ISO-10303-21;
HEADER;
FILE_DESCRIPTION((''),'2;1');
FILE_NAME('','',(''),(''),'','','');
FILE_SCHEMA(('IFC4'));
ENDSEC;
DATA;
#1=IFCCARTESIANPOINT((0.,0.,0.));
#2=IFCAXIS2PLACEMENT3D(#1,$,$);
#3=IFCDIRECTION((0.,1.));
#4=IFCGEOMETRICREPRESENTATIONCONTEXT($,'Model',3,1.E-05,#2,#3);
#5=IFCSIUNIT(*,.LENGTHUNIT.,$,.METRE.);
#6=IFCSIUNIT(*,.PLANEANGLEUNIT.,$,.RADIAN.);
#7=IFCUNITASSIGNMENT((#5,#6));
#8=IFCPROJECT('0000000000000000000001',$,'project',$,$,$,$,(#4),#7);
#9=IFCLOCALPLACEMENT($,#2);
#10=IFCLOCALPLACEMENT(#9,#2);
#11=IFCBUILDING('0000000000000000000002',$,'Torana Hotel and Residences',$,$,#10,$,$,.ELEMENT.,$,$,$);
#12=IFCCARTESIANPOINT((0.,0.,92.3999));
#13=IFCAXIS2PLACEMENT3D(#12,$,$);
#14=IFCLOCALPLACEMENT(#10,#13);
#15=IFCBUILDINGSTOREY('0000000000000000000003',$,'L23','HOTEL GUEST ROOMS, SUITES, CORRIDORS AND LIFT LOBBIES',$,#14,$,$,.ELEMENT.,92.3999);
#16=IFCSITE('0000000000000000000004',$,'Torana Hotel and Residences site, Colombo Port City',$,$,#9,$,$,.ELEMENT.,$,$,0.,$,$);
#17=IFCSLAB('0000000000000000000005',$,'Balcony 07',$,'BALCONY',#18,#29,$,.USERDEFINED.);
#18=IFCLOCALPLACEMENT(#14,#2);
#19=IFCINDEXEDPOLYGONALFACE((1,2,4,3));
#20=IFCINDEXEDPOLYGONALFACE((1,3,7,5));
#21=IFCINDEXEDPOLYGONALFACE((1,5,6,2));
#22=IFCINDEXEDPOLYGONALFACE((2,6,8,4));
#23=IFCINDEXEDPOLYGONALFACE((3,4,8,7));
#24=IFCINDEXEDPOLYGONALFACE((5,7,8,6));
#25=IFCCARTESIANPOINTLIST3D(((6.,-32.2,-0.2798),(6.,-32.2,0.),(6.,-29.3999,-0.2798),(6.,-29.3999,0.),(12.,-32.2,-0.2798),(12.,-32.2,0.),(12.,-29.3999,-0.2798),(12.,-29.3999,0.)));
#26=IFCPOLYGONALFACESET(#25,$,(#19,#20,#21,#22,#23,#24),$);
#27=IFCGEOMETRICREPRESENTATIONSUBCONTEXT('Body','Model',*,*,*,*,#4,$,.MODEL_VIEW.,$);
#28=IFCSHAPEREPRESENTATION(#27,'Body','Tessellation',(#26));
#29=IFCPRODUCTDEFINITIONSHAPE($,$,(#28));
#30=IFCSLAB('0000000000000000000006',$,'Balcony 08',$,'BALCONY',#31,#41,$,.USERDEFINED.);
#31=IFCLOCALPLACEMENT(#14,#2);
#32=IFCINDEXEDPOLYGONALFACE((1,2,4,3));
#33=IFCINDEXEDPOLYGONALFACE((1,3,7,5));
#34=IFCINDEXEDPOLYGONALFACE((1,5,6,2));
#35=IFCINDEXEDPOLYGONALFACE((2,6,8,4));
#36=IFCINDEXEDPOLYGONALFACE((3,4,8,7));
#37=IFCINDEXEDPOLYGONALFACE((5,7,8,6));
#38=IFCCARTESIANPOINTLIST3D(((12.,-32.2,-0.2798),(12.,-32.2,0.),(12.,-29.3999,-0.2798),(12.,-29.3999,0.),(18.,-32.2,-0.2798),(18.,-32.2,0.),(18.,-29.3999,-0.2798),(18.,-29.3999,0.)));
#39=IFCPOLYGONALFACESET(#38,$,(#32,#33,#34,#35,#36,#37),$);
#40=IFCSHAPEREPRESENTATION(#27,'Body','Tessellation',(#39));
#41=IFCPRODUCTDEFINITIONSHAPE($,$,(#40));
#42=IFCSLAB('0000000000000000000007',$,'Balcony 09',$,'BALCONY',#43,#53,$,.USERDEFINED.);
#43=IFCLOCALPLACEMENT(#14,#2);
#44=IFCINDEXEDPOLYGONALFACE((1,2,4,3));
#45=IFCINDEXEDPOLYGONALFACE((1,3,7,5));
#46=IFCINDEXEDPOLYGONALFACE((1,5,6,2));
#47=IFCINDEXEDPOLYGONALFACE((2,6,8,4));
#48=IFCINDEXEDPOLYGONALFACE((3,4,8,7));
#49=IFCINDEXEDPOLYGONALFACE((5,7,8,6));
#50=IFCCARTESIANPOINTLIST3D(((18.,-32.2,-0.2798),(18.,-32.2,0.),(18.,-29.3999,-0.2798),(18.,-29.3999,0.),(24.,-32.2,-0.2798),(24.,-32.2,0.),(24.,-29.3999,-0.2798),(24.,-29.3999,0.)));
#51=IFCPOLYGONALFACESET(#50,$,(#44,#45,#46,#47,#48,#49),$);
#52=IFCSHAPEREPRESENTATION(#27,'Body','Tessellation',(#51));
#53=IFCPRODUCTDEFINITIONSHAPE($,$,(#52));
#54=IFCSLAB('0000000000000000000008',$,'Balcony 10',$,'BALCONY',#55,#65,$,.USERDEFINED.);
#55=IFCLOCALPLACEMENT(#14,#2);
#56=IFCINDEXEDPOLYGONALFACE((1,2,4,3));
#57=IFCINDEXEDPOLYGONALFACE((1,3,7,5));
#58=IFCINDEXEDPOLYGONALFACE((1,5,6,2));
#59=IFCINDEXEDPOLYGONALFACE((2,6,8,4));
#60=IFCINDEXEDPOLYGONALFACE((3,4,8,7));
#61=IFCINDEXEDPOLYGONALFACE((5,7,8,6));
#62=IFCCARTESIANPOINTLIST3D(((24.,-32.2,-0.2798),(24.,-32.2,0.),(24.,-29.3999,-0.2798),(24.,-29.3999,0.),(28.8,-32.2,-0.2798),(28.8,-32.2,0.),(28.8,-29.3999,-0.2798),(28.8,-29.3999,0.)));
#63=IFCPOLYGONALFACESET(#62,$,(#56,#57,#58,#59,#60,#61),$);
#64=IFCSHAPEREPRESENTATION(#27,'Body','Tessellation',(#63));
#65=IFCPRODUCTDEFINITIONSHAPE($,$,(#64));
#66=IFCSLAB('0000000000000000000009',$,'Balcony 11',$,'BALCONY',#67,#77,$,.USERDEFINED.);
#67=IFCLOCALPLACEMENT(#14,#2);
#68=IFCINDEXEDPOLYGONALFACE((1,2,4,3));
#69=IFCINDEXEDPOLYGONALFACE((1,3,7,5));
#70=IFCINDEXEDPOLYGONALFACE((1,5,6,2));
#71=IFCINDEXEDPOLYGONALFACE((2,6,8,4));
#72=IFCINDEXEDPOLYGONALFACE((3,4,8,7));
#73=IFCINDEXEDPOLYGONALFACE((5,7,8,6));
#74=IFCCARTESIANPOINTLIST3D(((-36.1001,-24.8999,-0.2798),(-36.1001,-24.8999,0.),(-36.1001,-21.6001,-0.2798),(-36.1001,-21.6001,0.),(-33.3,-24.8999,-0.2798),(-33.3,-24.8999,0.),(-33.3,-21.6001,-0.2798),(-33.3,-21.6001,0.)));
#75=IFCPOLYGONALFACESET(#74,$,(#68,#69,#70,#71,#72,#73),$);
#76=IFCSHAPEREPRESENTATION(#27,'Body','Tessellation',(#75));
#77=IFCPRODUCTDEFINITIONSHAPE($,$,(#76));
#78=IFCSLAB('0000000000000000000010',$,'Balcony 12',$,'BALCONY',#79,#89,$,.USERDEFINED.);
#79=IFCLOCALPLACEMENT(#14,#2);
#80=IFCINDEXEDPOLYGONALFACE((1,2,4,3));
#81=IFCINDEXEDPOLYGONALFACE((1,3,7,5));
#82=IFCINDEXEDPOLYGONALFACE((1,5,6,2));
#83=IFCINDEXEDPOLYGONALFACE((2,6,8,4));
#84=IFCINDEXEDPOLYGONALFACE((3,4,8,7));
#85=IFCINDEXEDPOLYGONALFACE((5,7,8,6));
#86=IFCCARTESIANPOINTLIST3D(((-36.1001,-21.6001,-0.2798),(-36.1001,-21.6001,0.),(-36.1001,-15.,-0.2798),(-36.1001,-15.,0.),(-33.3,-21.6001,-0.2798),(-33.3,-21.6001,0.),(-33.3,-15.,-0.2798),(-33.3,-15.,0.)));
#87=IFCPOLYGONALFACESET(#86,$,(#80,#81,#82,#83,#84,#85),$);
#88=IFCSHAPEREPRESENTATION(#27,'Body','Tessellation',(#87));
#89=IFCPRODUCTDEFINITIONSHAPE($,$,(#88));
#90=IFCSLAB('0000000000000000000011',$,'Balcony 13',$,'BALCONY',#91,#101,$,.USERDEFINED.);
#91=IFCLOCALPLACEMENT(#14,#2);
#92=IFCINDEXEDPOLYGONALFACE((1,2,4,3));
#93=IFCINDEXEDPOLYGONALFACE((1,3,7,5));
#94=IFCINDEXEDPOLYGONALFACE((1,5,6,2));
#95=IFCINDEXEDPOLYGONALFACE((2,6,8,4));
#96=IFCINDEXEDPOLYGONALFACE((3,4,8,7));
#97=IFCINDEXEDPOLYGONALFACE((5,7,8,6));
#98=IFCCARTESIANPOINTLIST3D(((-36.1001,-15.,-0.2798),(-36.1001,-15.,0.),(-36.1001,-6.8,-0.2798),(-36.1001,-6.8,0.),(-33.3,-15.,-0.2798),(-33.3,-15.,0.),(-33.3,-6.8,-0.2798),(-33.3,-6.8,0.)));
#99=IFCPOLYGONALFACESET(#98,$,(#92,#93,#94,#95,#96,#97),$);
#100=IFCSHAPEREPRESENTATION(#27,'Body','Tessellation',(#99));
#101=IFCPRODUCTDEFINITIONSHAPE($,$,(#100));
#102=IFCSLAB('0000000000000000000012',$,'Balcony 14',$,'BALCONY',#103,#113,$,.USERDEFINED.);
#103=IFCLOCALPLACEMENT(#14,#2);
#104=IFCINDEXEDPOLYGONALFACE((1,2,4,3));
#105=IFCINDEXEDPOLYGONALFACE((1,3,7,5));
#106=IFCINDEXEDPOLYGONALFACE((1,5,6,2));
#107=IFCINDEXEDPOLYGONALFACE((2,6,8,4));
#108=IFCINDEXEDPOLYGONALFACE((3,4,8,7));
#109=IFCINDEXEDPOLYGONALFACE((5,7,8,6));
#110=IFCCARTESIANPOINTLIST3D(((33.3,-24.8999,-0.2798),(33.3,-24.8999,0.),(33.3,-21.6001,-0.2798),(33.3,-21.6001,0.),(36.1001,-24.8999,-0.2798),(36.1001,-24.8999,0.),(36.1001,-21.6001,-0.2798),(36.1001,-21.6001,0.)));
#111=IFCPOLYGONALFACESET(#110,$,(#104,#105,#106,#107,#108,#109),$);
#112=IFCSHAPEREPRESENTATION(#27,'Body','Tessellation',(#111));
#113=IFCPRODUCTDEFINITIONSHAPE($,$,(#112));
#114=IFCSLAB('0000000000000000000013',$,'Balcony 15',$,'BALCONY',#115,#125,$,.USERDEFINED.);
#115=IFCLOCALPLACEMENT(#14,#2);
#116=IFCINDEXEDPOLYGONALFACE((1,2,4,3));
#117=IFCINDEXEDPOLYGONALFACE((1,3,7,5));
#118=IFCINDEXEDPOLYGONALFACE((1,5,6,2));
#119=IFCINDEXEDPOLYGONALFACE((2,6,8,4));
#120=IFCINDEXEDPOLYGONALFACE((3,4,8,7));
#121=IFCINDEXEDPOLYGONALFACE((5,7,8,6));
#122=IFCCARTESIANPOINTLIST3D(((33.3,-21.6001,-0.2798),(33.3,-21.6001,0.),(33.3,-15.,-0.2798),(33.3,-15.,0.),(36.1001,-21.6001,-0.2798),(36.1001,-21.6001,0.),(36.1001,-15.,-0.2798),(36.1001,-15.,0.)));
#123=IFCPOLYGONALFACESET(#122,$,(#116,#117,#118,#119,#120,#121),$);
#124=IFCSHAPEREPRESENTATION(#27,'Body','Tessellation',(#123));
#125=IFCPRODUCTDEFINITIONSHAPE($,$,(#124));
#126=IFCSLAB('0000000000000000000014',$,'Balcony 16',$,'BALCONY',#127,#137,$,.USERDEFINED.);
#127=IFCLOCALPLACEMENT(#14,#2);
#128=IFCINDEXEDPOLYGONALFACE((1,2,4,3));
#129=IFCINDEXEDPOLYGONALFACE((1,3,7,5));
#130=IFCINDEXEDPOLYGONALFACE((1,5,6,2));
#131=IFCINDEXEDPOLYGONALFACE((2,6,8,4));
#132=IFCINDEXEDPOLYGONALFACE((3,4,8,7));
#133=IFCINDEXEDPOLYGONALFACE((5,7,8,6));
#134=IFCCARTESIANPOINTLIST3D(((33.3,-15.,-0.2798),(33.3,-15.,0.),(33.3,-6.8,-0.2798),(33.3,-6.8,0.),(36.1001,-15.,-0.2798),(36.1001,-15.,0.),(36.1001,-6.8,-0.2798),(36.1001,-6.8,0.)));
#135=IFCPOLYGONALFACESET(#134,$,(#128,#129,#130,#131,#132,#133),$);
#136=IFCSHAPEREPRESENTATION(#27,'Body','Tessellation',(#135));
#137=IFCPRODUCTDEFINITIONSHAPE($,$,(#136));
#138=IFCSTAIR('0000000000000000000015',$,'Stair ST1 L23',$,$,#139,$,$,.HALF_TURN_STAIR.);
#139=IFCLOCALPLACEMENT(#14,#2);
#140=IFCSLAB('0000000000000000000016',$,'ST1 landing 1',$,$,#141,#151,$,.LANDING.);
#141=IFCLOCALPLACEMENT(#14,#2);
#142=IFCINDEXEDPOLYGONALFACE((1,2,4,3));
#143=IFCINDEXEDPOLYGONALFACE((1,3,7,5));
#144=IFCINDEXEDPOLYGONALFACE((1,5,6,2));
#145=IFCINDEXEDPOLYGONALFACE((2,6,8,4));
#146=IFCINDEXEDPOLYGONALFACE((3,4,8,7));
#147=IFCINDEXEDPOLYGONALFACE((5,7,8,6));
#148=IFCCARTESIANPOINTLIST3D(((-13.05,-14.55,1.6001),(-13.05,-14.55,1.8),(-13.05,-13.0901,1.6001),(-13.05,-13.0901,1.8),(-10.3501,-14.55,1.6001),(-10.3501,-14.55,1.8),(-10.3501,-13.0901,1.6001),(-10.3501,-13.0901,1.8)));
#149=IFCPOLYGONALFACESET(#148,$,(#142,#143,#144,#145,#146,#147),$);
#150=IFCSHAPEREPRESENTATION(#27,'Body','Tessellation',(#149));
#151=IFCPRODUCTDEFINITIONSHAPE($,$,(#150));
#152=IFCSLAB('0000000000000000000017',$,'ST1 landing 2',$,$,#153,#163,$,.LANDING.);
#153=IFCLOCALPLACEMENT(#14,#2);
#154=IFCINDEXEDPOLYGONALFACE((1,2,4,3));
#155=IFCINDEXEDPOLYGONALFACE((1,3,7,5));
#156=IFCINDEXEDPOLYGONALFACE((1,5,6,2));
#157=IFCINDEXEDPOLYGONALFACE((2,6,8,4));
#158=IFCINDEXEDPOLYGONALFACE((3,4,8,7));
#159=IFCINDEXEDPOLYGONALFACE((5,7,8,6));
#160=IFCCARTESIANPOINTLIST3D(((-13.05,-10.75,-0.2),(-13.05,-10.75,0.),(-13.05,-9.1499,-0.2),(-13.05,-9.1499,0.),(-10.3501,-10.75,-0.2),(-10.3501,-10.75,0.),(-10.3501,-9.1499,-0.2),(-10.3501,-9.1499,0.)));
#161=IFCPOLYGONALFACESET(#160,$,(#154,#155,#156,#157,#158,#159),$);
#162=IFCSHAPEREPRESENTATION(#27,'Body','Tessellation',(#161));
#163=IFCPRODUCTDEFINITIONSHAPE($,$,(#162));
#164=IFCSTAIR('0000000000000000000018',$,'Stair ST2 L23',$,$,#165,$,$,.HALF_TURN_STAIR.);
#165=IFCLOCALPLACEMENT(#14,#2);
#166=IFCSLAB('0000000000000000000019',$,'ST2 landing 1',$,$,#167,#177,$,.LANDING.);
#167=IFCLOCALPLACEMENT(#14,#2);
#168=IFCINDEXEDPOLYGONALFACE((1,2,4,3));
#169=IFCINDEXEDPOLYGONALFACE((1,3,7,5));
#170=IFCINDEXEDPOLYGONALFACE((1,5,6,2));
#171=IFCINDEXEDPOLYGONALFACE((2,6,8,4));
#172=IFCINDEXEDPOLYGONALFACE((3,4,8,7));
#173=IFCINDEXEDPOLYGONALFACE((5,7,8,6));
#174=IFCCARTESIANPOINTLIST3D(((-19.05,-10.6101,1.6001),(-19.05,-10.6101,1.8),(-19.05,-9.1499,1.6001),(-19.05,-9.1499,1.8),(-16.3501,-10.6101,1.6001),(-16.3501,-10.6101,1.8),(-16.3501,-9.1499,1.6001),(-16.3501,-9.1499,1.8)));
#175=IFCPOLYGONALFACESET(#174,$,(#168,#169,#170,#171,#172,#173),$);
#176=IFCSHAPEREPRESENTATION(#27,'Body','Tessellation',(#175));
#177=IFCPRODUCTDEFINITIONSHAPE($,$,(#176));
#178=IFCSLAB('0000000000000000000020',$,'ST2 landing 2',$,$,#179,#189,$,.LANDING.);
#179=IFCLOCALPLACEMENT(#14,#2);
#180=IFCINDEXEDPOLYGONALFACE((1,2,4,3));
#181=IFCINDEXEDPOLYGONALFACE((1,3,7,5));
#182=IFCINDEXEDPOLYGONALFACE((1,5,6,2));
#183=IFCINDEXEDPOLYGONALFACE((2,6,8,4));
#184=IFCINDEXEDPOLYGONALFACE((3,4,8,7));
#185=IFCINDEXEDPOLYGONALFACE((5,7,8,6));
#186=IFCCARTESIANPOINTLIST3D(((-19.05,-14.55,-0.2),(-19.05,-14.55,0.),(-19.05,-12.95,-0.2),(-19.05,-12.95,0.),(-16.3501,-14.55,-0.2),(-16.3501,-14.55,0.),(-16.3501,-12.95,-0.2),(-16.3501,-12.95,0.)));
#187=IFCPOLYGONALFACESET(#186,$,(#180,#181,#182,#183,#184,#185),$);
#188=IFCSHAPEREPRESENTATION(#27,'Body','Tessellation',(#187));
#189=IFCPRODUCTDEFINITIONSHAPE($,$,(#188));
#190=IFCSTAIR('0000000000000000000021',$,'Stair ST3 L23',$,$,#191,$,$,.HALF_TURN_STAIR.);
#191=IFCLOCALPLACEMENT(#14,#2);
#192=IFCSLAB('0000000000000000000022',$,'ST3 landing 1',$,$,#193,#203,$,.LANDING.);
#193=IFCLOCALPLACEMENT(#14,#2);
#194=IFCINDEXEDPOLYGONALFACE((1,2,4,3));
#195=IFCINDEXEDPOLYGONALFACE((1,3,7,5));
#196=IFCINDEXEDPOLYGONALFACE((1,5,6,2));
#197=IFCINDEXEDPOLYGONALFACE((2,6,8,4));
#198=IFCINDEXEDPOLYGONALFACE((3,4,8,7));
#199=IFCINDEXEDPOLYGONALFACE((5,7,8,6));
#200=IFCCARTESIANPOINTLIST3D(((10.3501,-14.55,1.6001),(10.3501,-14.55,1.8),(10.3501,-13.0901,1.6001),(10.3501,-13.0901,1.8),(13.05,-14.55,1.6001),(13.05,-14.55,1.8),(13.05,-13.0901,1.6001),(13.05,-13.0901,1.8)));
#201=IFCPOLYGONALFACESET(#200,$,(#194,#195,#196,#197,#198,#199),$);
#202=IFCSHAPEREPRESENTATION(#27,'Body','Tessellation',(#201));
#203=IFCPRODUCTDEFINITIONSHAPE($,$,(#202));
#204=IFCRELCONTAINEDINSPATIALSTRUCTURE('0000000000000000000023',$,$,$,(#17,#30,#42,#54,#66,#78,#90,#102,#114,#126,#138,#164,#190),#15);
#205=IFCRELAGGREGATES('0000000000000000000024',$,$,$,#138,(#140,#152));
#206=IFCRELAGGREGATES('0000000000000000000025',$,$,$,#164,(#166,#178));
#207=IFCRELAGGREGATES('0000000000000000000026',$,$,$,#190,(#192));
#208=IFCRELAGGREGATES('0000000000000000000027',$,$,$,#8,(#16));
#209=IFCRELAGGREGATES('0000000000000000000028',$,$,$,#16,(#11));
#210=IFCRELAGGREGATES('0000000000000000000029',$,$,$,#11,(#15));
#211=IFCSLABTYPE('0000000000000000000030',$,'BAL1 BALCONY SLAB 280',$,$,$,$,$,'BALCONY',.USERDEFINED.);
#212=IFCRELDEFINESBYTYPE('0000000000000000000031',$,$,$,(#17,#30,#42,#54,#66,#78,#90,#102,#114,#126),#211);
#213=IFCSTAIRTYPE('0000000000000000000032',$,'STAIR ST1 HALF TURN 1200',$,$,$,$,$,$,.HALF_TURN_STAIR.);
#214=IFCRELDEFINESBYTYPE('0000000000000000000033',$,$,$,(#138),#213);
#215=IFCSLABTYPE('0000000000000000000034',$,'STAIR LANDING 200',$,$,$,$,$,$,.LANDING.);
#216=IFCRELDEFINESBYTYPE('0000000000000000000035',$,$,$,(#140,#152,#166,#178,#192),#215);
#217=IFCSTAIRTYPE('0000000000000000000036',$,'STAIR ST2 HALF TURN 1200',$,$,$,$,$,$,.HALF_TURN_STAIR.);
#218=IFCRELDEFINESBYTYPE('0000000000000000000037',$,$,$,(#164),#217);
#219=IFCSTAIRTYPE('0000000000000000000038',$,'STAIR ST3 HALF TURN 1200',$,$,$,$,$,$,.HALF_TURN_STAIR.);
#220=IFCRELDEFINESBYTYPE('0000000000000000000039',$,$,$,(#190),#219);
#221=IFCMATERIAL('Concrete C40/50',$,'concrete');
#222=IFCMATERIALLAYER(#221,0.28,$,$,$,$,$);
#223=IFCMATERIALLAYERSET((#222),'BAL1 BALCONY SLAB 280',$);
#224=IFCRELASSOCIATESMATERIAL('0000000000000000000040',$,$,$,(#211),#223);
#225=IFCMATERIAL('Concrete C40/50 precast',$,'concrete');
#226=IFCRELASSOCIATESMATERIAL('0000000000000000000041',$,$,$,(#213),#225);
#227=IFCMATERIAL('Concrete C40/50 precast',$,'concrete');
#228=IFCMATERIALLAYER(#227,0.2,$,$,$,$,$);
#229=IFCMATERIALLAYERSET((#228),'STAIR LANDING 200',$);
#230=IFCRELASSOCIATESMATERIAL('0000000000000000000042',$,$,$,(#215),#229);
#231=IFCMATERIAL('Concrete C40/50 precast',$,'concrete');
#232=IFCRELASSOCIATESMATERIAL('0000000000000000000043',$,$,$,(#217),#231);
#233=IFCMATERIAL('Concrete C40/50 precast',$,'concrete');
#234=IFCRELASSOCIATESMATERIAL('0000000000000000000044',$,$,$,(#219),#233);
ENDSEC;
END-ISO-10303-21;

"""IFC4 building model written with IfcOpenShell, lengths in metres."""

from ifc_helpers import new_model, si_unit, direction, frame, origin, place, context, subcontext, project, spatial, polyline, outline, extrude, material, layer, layer_set, type_object, element, aggregate, save


model = new_model("IFC4")

# Units and contexts
model_context = context("Model", 3, precision=1e-05, world=origin(), true_north=direction((0.0, 1.0)))
body_context = subcontext(model_context, "Body", "Model", "MODEL_VIEW")
ifc_project = project(units=[si_unit("LENGTHUNIT", "METRE"), si_unit("PLANEANGLEUNIT", "RADIAN")], contexts=[model_context])

# Site, building, storey
site_placement = place(None, origin())
site = spatial("IfcSite", under=ifc_project, at=site_placement, Name="Torana Hotel and Residences site, Colombo Port City", CompositionType="ELEMENT", RefElevation=0.0)
building_placement = place(site_placement, origin())
building = spatial("IfcBuilding", under=site, at=building_placement, Name="Torana Hotel and Residences", CompositionType="ELEMENT")
storey_placement = place(building_placement, frame((0.0, 0.0, 92.3999)))
storey = spatial("IfcBuildingStorey", under=building, at=storey_placement, Name="L23", Description="HOTEL GUEST ROOMS, SUITES, CORRIDORS AND LIFT LOBBIES", CompositionType="ELEMENT", Elevation=92.3999)

# Slabs
ifc_material_1 = material(Name="Concrete C40/50", Category="concrete")
ifc_layer_1 = layer(ifc_material_1, 0.28)
ifc_layer_set_1 = layer_set([ifc_layer_1], Name="BAL1 BALCONY SLAB 280")
slab_type_1 = type_object("IfcSlabType", Name="BAL1 BALCONY SLAB 280", ElementType="BALCONY", PredefinedType="USERDEFINED", material=ifc_layer_set_1)
slab_1_placement = place(storey_placement, frame((0.0, 0.0, -0.2798)))
element("IfcSlab", 1, at=slab_1_placement, inside=storey, type_object=slab_type_1, Name="Balcony 07", ObjectType="BALCONY", PredefinedType="USERDEFINED", context=body_context, shape_type="SweptSolid", body=[
    extrude(outline(polyline([(6.0, -32.2), (12.0, -32.2), (12.0, -29.3999), (6.0, -29.3999), (6.0, -32.2)])), origin(), (0.0, 0.0, 1.0), 0.2798),
])
slab_2_placement = place(storey_placement, frame((0.0, 0.0, -0.2798)))
element("IfcSlab", 2, at=slab_2_placement, inside=storey, type_object=slab_type_1, Name="Balcony 08", ObjectType="BALCONY", PredefinedType="USERDEFINED", context=body_context, shape_type="SweptSolid", body=[
    extrude(outline(polyline([(12.0, -32.2), (18.0, -32.2), (18.0, -29.3999), (12.0, -29.3999), (12.0, -32.2)])), origin(), (0.0, 0.0, 1.0), 0.2798),
])
slab_3_placement = place(storey_placement, frame((0.0, 0.0, -0.2798)))
element("IfcSlab", 3, at=slab_3_placement, inside=storey, type_object=slab_type_1, Name="Balcony 09", ObjectType="BALCONY", PredefinedType="USERDEFINED", context=body_context, shape_type="SweptSolid", body=[
    extrude(outline(polyline([(18.0, -32.2), (24.0, -32.2), (24.0, -29.3999), (18.0, -29.3999), (18.0, -32.2)])), origin(), (0.0, 0.0, 1.0), 0.2798),
])
slab_4_placement = place(storey_placement, frame((0.0, 0.0, -0.2798)))
element("IfcSlab", 4, at=slab_4_placement, inside=storey, type_object=slab_type_1, Name="Balcony 10", ObjectType="BALCONY", PredefinedType="USERDEFINED", context=body_context, shape_type="SweptSolid", body=[
    extrude(outline(polyline([(24.0, -32.2), (28.8, -32.2), (28.8, -29.3999), (24.0, -29.3999), (24.0, -32.2)])), origin(), (0.0, 0.0, 1.0), 0.2798),
])
slab_5_placement = place(storey_placement, frame((0.0, 0.0, -0.2798)))
element("IfcSlab", 5, at=slab_5_placement, inside=storey, type_object=slab_type_1, Name="Balcony 11", ObjectType="BALCONY", PredefinedType="USERDEFINED", context=body_context, shape_type="SweptSolid", body=[
    extrude(outline(polyline([(-36.1001, -24.8999), (-33.3, -24.8999), (-33.3, -21.6001), (-36.1001, -21.6001), (-36.1001, -24.8999)])), origin(), (0.0, 0.0, 1.0), 0.2798),
])
slab_6_placement = place(storey_placement, frame((0.0, 0.0, -0.2798)))
element("IfcSlab", 6, at=slab_6_placement, inside=storey, type_object=slab_type_1, Name="Balcony 12", ObjectType="BALCONY", PredefinedType="USERDEFINED", context=body_context, shape_type="SweptSolid", body=[
    extrude(outline(polyline([(-36.1001, -21.6001), (-33.3, -21.6001), (-33.3, -15.0), (-36.1001, -15.0), (-36.1001, -21.6001)])), origin(), (0.0, 0.0, 1.0), 0.2798),
])
slab_7_placement = place(storey_placement, frame((0.0, 0.0, -0.2798)))
element("IfcSlab", 7, at=slab_7_placement, inside=storey, type_object=slab_type_1, Name="Balcony 13", ObjectType="BALCONY", PredefinedType="USERDEFINED", context=body_context, shape_type="SweptSolid", body=[
    extrude(outline(polyline([(-36.1001, -15.0), (-33.3, -15.0), (-33.3, -6.8), (-36.1001, -6.8), (-36.1001, -15.0)])), origin(), (0.0, 0.0, 1.0), 0.2798),
])
slab_8_placement = place(storey_placement, frame((0.0, 0.0, -0.2798)))
element("IfcSlab", 8, at=slab_8_placement, inside=storey, type_object=slab_type_1, Name="Balcony 14", ObjectType="BALCONY", PredefinedType="USERDEFINED", context=body_context, shape_type="SweptSolid", body=[
    extrude(outline(polyline([(33.3, -24.8999), (36.1001, -24.8999), (36.1001, -21.6001), (33.3, -21.6001), (33.3, -24.8999)])), origin(), (0.0, 0.0, 1.0), 0.2798),
])
slab_9_placement = place(storey_placement, frame((0.0, 0.0, -0.2798)))
element("IfcSlab", 9, at=slab_9_placement, inside=storey, type_object=slab_type_1, Name="Balcony 15", ObjectType="BALCONY", PredefinedType="USERDEFINED", context=body_context, shape_type="SweptSolid", body=[
    extrude(outline(polyline([(33.3, -21.6001), (36.1001, -21.6001), (36.1001, -15.0), (33.3, -15.0), (33.3, -21.6001)])), origin(), (0.0, 0.0, 1.0), 0.2798),
])
slab_10_placement = place(storey_placement, frame((0.0, 0.0, -0.2798)))
element("IfcSlab", 10, at=slab_10_placement, inside=storey, type_object=slab_type_1, Name="Balcony 16", ObjectType="BALCONY", PredefinedType="USERDEFINED", context=body_context, shape_type="SweptSolid", body=[
    extrude(outline(polyline([(33.3, -15.0), (36.1001, -15.0), (36.1001, -6.8), (33.3, -6.8), (33.3, -15.0)])), origin(), (0.0, 0.0, 1.0), 0.2798),
])

# Stairs, slabs
ifc_material_2 = material(Name="Concrete C40/50 precast", Category="concrete")
stair_type_1 = type_object("IfcStairType", Name="STAIR ST1 HALF TURN 1200", PredefinedType="HALF_TURN_STAIR", material=ifc_material_2)
stair_1_placement = place(storey_placement, origin())
stair_1 = element("IfcStair", 11, at=stair_1_placement, inside=storey, type_object=stair_type_1, Name="Stair ST1 L23", PredefinedType="HALF_TURN_STAIR")
ifc_material_3 = material(Name="Concrete C40/50 precast", Category="concrete")
ifc_layer_2 = layer(ifc_material_3, 0.2)
ifc_layer_set_2 = layer_set([ifc_layer_2], Name="STAIR LANDING 200")
slab_type_2 = type_object("IfcSlabType", Name="STAIR LANDING 200", PredefinedType="LANDING", material=ifc_layer_set_2)
slab_11_placement = place(storey_placement, frame((0.0, 0.0, 1.6001)))
slab_11 = element("IfcSlab", 12, at=slab_11_placement, type_object=slab_type_2, Name="ST1 landing 1", PredefinedType="LANDING", context=body_context, shape_type="SweptSolid", body=[
    extrude(outline(polyline([(-13.05, -14.55), (-10.3501, -14.55), (-10.3501, -13.0901), (-13.05, -13.0901), (-13.05, -14.55)])), origin(), (0.0, 0.0, 1.0), 0.2),
])
slab_12_placement = place(storey_placement, frame((0.0, 0.0, -0.2)))
slab_12 = element("IfcSlab", 13, at=slab_12_placement, type_object=slab_type_2, Name="ST1 landing 2", PredefinedType="LANDING", context=body_context, shape_type="SweptSolid", body=[
    extrude(outline(polyline([(-13.05, -10.75), (-10.3501, -10.75), (-10.3501, -9.1499), (-13.05, -9.1499), (-13.05, -10.75)])), origin(), (0.0, 0.0, 1.0), 0.2),
])
aggregate(stair_1, [slab_11, slab_12])
ifc_material_4 = material(Name="Concrete C40/50 precast", Category="concrete")
stair_type_2 = type_object("IfcStairType", Name="STAIR ST2 HALF TURN 1200", PredefinedType="HALF_TURN_STAIR", material=ifc_material_4)
stair_2_placement = place(storey_placement, origin())
stair_2 = element("IfcStair", 14, at=stair_2_placement, inside=storey, type_object=stair_type_2, Name="Stair ST2 L23", PredefinedType="HALF_TURN_STAIR")
slab_13_placement = place(storey_placement, frame((0.0, 0.0, 1.6001)))
slab_13 = element("IfcSlab", 15, at=slab_13_placement, type_object=slab_type_2, Name="ST2 landing 1", PredefinedType="LANDING", context=body_context, shape_type="SweptSolid", body=[
    extrude(outline(polyline([(-19.05, -10.6101), (-16.3501, -10.6101), (-16.3501, -9.1499), (-19.05, -9.1499), (-19.05, -10.6101)])), origin(), (0.0, 0.0, 1.0), 0.2),
])
slab_14_placement = place(storey_placement, frame((0.0, 0.0, -0.2)))
slab_14 = element("IfcSlab", 16, at=slab_14_placement, type_object=slab_type_2, Name="ST2 landing 2", PredefinedType="LANDING", context=body_context, shape_type="SweptSolid", body=[
    extrude(outline(polyline([(-19.05, -14.55), (-16.3501, -14.55), (-16.3501, -12.95), (-19.05, -12.95), (-19.05, -14.55)])), origin(), (0.0, 0.0, 1.0), 0.2),
])
aggregate(stair_2, [slab_13, slab_14])
ifc_material_5 = material(Name="Concrete C40/50 precast", Category="concrete")
stair_type_3 = type_object("IfcStairType", Name="STAIR ST3 HALF TURN 1200", PredefinedType="HALF_TURN_STAIR", material=ifc_material_5)
stair_3_placement = place(storey_placement, origin())
stair_3 = element("IfcStair", 17, at=stair_3_placement, inside=storey, type_object=stair_type_3, Name="Stair ST3 L23", PredefinedType="HALF_TURN_STAIR")
slab_15_placement = place(storey_placement, frame((0.0, 0.0, 1.6001)))
slab_15 = element("IfcSlab", 18, at=slab_15_placement, type_object=slab_type_2, Name="ST3 landing 1", PredefinedType="LANDING", context=body_context, shape_type="SweptSolid", body=[
    extrude(outline(polyline([(10.3501, -14.55), (13.05, -14.55), (13.05, -13.0901), (10.3501, -13.0901), (10.3501, -14.55)])), origin(), (0.0, 0.0, 1.0), 0.2),
])
aggregate(stair_3, [slab_15])

save(model, "model.ifc")
